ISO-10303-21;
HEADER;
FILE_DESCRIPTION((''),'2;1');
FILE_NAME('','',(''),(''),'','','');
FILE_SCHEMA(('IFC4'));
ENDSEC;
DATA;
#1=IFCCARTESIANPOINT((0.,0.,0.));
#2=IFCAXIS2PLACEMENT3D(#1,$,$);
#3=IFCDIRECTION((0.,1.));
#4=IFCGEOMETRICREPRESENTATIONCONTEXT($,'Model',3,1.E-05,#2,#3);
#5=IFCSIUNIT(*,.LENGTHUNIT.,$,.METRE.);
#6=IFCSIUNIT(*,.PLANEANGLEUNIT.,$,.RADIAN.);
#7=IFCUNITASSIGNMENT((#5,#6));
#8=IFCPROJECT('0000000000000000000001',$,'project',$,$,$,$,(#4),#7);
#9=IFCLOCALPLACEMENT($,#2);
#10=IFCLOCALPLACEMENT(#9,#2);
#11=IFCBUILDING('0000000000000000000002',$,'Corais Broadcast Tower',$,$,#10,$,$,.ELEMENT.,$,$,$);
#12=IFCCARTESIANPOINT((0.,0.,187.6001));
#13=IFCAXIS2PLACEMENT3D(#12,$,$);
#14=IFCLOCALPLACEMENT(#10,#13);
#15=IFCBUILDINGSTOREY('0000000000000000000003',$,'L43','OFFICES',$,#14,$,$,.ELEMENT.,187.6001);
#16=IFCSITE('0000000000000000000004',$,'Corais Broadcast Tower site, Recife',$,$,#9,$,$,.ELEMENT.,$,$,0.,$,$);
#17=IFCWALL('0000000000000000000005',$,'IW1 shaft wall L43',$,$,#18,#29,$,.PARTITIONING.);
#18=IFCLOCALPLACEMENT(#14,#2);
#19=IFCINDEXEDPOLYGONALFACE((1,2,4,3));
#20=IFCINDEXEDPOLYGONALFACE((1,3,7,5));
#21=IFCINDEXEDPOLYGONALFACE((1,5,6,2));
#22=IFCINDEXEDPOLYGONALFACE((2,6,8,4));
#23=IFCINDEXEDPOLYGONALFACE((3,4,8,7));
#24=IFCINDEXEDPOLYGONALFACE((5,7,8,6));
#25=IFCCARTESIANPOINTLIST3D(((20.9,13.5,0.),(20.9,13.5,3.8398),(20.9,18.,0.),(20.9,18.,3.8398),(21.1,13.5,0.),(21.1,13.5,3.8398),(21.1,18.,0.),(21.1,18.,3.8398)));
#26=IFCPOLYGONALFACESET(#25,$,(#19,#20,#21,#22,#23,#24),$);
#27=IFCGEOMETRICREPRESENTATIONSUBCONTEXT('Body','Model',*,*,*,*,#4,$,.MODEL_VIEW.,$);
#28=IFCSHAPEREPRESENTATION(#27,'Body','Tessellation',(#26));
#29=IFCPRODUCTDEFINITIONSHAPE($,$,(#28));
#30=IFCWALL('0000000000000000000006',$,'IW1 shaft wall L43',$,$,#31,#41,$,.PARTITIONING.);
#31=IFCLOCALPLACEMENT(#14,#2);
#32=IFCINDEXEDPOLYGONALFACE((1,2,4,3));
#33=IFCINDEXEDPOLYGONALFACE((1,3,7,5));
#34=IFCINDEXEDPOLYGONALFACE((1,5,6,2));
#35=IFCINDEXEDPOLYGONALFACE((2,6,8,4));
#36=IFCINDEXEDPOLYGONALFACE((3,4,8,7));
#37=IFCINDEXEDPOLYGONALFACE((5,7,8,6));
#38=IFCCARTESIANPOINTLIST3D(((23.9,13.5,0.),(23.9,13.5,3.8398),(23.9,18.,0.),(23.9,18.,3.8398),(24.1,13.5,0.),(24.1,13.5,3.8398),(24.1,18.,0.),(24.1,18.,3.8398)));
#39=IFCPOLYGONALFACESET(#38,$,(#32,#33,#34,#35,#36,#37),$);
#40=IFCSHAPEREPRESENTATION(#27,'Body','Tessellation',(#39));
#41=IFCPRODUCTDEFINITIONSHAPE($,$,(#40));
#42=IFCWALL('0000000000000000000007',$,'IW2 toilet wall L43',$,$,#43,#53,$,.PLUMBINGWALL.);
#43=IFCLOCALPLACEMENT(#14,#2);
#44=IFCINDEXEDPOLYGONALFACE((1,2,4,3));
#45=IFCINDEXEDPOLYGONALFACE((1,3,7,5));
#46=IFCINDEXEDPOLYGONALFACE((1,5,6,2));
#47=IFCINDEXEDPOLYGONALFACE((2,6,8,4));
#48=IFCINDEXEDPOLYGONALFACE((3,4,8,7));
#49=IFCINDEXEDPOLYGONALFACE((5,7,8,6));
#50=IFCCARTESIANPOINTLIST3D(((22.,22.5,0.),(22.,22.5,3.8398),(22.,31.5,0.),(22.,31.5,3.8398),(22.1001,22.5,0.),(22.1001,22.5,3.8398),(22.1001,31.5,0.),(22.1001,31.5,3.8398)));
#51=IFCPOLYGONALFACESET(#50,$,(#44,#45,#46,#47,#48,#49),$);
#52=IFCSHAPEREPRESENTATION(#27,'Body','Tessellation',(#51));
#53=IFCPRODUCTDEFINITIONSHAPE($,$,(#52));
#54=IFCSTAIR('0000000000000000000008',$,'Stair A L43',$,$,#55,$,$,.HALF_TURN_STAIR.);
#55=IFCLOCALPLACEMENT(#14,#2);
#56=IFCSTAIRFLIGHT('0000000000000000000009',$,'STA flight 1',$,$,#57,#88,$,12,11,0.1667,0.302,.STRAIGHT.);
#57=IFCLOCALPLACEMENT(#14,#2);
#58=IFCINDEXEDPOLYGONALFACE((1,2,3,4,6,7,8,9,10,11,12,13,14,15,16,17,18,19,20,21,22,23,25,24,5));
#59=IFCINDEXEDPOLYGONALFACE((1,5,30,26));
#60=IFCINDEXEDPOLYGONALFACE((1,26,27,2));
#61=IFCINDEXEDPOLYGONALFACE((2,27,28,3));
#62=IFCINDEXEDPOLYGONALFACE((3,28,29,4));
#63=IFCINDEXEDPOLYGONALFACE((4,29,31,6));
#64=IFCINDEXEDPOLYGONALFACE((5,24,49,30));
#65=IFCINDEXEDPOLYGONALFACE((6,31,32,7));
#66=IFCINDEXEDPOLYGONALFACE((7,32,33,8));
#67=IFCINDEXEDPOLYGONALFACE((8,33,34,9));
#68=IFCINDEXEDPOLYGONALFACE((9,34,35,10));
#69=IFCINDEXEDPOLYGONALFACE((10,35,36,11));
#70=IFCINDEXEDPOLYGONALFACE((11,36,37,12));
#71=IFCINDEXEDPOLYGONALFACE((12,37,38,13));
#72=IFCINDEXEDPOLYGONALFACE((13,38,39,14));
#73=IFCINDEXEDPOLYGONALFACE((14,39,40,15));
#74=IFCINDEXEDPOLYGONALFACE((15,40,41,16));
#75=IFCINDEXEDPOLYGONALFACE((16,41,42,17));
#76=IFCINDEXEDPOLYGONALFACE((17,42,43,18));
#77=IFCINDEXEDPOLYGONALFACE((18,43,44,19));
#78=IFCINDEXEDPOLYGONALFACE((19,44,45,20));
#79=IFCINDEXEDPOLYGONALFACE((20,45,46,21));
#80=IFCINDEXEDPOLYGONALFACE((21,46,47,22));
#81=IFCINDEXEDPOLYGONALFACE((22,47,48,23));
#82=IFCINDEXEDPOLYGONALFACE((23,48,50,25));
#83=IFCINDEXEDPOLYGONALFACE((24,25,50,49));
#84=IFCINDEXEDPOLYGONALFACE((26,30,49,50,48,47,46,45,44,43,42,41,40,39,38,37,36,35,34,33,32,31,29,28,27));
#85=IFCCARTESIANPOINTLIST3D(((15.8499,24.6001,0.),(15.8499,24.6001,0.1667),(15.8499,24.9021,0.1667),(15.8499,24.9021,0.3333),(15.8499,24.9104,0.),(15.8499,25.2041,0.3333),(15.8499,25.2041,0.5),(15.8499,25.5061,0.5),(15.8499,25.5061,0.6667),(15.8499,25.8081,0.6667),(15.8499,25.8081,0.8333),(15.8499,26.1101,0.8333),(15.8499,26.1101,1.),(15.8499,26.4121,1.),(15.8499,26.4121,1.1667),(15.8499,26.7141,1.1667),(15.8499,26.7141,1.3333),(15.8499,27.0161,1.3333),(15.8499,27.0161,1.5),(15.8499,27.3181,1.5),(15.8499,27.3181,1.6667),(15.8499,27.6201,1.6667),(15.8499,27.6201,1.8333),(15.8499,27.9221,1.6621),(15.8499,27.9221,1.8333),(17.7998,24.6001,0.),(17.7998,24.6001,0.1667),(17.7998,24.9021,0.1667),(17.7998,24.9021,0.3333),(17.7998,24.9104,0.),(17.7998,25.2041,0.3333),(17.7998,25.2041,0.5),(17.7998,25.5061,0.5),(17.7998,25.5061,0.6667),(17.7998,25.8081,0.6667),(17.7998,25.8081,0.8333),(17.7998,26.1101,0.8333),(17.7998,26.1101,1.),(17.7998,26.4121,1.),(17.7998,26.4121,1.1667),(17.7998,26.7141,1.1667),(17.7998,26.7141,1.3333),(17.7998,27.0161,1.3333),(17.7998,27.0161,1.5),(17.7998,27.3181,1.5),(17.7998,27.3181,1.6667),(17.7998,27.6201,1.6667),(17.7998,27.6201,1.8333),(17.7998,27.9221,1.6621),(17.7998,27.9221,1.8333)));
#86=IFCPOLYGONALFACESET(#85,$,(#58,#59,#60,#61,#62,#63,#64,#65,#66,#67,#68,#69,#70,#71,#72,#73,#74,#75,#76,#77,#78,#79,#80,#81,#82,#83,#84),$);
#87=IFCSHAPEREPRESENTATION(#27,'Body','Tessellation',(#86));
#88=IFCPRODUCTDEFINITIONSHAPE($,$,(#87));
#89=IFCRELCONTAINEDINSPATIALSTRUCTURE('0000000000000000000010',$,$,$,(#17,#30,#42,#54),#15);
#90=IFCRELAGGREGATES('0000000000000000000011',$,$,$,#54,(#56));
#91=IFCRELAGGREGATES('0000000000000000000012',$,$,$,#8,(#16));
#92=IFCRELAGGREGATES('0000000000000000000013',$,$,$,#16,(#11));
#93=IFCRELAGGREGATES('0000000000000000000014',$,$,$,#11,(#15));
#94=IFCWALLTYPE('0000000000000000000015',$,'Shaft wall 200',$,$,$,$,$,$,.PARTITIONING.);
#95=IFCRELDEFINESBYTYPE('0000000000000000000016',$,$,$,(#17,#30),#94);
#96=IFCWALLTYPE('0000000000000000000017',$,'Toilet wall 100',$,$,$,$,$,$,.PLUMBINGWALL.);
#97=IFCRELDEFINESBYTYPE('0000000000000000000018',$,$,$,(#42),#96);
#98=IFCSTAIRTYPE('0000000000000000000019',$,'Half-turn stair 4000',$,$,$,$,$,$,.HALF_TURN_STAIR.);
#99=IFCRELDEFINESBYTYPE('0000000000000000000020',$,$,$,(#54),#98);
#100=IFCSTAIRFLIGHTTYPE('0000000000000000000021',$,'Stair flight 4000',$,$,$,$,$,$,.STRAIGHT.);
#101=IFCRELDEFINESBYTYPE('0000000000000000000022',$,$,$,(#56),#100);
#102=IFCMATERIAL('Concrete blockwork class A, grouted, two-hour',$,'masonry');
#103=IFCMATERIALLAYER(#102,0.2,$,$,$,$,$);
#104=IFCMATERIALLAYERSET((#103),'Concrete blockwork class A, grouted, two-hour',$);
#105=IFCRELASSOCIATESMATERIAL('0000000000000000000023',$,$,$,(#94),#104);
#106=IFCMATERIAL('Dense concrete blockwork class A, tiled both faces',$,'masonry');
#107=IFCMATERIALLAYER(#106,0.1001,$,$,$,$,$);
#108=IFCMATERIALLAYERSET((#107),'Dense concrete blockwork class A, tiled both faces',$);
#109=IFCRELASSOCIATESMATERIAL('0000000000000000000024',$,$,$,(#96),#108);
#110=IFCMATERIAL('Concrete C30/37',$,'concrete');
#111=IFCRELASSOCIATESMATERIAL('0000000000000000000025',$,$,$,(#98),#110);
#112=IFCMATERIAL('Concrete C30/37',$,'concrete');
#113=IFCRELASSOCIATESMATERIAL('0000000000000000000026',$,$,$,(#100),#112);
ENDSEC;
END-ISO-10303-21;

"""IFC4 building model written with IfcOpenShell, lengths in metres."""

from ifc_helpers import new_model, si_unit, direction, frame, frame_2d, origin, place, context, subcontext, project, spatial, polyline, rectangle, outline, extrude, material, layer, layer_set, type_object, element, aggregate, save


model = new_model("IFC4")

# Units and contexts
model_context = context("Model", 3, precision=1e-05, world=origin(), true_north=direction((0.0, 1.0)))
body_context = subcontext(model_context, "Body", "Model", "MODEL_VIEW")
ifc_project = project(units=[si_unit("LENGTHUNIT", "METRE"), si_unit("PLANEANGLEUNIT", "RADIAN")], contexts=[model_context])

# Site, building, storey
site_placement = place(None, origin())
site = spatial("IfcSite", under=ifc_project, at=site_placement, Name="Corais Broadcast Tower site, Recife", CompositionType="ELEMENT", RefElevation=0.0)
building_placement = place(site_placement, origin())
building = spatial("IfcBuilding", under=site, at=building_placement, Name="Corais Broadcast Tower", CompositionType="ELEMENT")
storey_placement = place(building_placement, frame((0.0, 0.0, 187.6001)))
storey = spatial("IfcBuildingStorey", under=building, at=storey_placement, Name="L43", Description="OFFICES", CompositionType="ELEMENT", Elevation=187.6001)

# Walls
ifc_material_1 = material(Name="Concrete blockwork class A, grouted, two-hour", Category="masonry")
ifc_layer_1 = layer(ifc_material_1, 0.2)
ifc_layer_set_1 = layer_set([ifc_layer_1], Name="Concrete blockwork class A, grouted, two-hour")
wall_type_1 = type_object("IfcWallType", Name="Shaft wall 200", PredefinedType="PARTITIONING", material=ifc_layer_set_1)
for number, where, z_axis, x_axis, name in (
    (1, (21.0, 13.5, 0.0), (0.0, 0.0, 1.0), (0.0, 1.0, 0.0), "IW1 shaft wall L43"),
    (2, (24.0, 13.5, 0.0), (0.0, 0.0, 1.0), (0.0, 1.0, 0.0), "IW1 shaft wall L43"),
):
    element("IfcWall", number, at=place(storey_placement, frame(where, z_axis=z_axis, x_axis=x_axis)), inside=storey, type_object=wall_type_1, Name=name, PredefinedType="PARTITIONING", context=body_context, shape_type="SweptSolid", body=[
        extrude(rectangle(XDim=4.5, YDim=0.2, at=frame_2d((2.25, 0.0))), origin(), (0.0, 0.0, 1.0), 3.8398),
    ])
ifc_material_2 = material(Name="Dense concrete blockwork class A, tiled both faces", Category="masonry")
ifc_layer_2 = layer(ifc_material_2, 0.1001)
ifc_layer_set_2 = layer_set([ifc_layer_2], Name="Dense concrete blockwork class A, tiled both faces")
wall_type_2 = type_object("IfcWallType", Name="Toilet wall 100", PredefinedType="PLUMBINGWALL", material=ifc_layer_set_2)
wall_1_placement = place(storey_placement, frame((22.05, 22.5, 0.0), z_axis=(0.0, 0.0, 1.0), x_axis=(0.0, 1.0, 0.0)))
element("IfcWall", 3, at=wall_1_placement, inside=storey, type_object=wall_type_2, Name="IW2 toilet wall L43", PredefinedType="PLUMBINGWALL", context=body_context, shape_type="SweptSolid", body=[
    extrude(rectangle(XDim=9.0, YDim=0.1001, at=frame_2d((4.5, 0.0))), origin(), (0.0, 0.0, 1.0), 3.8398),
])

# Stair, stair flight
ifc_material_3 = material(Name="Concrete C30/37", Category="concrete")
stair_type = type_object("IfcStairType", Name="Half-turn stair 4000", PredefinedType="HALF_TURN_STAIR", material=ifc_material_3)
stair_placement = place(storey_placement, origin())
stair = element("IfcStair", 4, at=stair_placement, inside=storey, type_object=stair_type, Name="Stair A L43", PredefinedType="HALF_TURN_STAIR")
ifc_material_4 = material(Name="Concrete C30/37", Category="concrete")
stair_flight_type = type_object("IfcStairFlightType", Name="Stair flight 4000", PredefinedType="STRAIGHT", material=ifc_material_4)
stair_flight_placement = place(storey_placement, frame((16.825, 24.6001, 0.0), z_axis=(0.0, 0.0, 1.0), x_axis=(0.0, 1.0, 0.0)))
stair_flight = element("IfcStairFlight", 5, at=stair_flight_placement, type_object=stair_flight_type, Name="STA flight 1", NumberOfRisers=12, NumberOfTreads=11, PredefinedType="STRAIGHT", RiserHeight=0.1667, TreadLength=0.302, context=body_context, shape_type="SweptSolid", body=[
    extrude(outline(polyline([(0.0, 0.0), (0.0, 0.1667), (0.302, 0.1667), (0.302, 0.3333), (0.604, 0.3333), (0.604, 0.5), (0.906, 0.5), (0.906, 0.6667), (1.208, 0.6667), (1.208, 0.8333), (1.51, 0.8333), (1.51, 1.0), (1.812, 1.0), (1.812, 1.1667), (2.114, 1.1667), (2.114, 1.3333), (2.416, 1.3333), (2.416, 1.5), (2.718, 1.5), (2.718, 1.6667), (3.02, 1.6667), (3.02, 1.8333), (3.322, 1.8333), (3.322, 2.0), (3.322, 1.6621), (0.3103, 0.0), (0.0, 0.0)])), frame((0.0, 0.9751, 0.0), z_axis=(0.0, -1.0, 0.0), x_axis=(1.0, 0.0, 0.0)), (0.0, 0.0, 1.0), 1.95),
])
aggregate(stair, [stair_flight])

save(model, "model.ifc")
